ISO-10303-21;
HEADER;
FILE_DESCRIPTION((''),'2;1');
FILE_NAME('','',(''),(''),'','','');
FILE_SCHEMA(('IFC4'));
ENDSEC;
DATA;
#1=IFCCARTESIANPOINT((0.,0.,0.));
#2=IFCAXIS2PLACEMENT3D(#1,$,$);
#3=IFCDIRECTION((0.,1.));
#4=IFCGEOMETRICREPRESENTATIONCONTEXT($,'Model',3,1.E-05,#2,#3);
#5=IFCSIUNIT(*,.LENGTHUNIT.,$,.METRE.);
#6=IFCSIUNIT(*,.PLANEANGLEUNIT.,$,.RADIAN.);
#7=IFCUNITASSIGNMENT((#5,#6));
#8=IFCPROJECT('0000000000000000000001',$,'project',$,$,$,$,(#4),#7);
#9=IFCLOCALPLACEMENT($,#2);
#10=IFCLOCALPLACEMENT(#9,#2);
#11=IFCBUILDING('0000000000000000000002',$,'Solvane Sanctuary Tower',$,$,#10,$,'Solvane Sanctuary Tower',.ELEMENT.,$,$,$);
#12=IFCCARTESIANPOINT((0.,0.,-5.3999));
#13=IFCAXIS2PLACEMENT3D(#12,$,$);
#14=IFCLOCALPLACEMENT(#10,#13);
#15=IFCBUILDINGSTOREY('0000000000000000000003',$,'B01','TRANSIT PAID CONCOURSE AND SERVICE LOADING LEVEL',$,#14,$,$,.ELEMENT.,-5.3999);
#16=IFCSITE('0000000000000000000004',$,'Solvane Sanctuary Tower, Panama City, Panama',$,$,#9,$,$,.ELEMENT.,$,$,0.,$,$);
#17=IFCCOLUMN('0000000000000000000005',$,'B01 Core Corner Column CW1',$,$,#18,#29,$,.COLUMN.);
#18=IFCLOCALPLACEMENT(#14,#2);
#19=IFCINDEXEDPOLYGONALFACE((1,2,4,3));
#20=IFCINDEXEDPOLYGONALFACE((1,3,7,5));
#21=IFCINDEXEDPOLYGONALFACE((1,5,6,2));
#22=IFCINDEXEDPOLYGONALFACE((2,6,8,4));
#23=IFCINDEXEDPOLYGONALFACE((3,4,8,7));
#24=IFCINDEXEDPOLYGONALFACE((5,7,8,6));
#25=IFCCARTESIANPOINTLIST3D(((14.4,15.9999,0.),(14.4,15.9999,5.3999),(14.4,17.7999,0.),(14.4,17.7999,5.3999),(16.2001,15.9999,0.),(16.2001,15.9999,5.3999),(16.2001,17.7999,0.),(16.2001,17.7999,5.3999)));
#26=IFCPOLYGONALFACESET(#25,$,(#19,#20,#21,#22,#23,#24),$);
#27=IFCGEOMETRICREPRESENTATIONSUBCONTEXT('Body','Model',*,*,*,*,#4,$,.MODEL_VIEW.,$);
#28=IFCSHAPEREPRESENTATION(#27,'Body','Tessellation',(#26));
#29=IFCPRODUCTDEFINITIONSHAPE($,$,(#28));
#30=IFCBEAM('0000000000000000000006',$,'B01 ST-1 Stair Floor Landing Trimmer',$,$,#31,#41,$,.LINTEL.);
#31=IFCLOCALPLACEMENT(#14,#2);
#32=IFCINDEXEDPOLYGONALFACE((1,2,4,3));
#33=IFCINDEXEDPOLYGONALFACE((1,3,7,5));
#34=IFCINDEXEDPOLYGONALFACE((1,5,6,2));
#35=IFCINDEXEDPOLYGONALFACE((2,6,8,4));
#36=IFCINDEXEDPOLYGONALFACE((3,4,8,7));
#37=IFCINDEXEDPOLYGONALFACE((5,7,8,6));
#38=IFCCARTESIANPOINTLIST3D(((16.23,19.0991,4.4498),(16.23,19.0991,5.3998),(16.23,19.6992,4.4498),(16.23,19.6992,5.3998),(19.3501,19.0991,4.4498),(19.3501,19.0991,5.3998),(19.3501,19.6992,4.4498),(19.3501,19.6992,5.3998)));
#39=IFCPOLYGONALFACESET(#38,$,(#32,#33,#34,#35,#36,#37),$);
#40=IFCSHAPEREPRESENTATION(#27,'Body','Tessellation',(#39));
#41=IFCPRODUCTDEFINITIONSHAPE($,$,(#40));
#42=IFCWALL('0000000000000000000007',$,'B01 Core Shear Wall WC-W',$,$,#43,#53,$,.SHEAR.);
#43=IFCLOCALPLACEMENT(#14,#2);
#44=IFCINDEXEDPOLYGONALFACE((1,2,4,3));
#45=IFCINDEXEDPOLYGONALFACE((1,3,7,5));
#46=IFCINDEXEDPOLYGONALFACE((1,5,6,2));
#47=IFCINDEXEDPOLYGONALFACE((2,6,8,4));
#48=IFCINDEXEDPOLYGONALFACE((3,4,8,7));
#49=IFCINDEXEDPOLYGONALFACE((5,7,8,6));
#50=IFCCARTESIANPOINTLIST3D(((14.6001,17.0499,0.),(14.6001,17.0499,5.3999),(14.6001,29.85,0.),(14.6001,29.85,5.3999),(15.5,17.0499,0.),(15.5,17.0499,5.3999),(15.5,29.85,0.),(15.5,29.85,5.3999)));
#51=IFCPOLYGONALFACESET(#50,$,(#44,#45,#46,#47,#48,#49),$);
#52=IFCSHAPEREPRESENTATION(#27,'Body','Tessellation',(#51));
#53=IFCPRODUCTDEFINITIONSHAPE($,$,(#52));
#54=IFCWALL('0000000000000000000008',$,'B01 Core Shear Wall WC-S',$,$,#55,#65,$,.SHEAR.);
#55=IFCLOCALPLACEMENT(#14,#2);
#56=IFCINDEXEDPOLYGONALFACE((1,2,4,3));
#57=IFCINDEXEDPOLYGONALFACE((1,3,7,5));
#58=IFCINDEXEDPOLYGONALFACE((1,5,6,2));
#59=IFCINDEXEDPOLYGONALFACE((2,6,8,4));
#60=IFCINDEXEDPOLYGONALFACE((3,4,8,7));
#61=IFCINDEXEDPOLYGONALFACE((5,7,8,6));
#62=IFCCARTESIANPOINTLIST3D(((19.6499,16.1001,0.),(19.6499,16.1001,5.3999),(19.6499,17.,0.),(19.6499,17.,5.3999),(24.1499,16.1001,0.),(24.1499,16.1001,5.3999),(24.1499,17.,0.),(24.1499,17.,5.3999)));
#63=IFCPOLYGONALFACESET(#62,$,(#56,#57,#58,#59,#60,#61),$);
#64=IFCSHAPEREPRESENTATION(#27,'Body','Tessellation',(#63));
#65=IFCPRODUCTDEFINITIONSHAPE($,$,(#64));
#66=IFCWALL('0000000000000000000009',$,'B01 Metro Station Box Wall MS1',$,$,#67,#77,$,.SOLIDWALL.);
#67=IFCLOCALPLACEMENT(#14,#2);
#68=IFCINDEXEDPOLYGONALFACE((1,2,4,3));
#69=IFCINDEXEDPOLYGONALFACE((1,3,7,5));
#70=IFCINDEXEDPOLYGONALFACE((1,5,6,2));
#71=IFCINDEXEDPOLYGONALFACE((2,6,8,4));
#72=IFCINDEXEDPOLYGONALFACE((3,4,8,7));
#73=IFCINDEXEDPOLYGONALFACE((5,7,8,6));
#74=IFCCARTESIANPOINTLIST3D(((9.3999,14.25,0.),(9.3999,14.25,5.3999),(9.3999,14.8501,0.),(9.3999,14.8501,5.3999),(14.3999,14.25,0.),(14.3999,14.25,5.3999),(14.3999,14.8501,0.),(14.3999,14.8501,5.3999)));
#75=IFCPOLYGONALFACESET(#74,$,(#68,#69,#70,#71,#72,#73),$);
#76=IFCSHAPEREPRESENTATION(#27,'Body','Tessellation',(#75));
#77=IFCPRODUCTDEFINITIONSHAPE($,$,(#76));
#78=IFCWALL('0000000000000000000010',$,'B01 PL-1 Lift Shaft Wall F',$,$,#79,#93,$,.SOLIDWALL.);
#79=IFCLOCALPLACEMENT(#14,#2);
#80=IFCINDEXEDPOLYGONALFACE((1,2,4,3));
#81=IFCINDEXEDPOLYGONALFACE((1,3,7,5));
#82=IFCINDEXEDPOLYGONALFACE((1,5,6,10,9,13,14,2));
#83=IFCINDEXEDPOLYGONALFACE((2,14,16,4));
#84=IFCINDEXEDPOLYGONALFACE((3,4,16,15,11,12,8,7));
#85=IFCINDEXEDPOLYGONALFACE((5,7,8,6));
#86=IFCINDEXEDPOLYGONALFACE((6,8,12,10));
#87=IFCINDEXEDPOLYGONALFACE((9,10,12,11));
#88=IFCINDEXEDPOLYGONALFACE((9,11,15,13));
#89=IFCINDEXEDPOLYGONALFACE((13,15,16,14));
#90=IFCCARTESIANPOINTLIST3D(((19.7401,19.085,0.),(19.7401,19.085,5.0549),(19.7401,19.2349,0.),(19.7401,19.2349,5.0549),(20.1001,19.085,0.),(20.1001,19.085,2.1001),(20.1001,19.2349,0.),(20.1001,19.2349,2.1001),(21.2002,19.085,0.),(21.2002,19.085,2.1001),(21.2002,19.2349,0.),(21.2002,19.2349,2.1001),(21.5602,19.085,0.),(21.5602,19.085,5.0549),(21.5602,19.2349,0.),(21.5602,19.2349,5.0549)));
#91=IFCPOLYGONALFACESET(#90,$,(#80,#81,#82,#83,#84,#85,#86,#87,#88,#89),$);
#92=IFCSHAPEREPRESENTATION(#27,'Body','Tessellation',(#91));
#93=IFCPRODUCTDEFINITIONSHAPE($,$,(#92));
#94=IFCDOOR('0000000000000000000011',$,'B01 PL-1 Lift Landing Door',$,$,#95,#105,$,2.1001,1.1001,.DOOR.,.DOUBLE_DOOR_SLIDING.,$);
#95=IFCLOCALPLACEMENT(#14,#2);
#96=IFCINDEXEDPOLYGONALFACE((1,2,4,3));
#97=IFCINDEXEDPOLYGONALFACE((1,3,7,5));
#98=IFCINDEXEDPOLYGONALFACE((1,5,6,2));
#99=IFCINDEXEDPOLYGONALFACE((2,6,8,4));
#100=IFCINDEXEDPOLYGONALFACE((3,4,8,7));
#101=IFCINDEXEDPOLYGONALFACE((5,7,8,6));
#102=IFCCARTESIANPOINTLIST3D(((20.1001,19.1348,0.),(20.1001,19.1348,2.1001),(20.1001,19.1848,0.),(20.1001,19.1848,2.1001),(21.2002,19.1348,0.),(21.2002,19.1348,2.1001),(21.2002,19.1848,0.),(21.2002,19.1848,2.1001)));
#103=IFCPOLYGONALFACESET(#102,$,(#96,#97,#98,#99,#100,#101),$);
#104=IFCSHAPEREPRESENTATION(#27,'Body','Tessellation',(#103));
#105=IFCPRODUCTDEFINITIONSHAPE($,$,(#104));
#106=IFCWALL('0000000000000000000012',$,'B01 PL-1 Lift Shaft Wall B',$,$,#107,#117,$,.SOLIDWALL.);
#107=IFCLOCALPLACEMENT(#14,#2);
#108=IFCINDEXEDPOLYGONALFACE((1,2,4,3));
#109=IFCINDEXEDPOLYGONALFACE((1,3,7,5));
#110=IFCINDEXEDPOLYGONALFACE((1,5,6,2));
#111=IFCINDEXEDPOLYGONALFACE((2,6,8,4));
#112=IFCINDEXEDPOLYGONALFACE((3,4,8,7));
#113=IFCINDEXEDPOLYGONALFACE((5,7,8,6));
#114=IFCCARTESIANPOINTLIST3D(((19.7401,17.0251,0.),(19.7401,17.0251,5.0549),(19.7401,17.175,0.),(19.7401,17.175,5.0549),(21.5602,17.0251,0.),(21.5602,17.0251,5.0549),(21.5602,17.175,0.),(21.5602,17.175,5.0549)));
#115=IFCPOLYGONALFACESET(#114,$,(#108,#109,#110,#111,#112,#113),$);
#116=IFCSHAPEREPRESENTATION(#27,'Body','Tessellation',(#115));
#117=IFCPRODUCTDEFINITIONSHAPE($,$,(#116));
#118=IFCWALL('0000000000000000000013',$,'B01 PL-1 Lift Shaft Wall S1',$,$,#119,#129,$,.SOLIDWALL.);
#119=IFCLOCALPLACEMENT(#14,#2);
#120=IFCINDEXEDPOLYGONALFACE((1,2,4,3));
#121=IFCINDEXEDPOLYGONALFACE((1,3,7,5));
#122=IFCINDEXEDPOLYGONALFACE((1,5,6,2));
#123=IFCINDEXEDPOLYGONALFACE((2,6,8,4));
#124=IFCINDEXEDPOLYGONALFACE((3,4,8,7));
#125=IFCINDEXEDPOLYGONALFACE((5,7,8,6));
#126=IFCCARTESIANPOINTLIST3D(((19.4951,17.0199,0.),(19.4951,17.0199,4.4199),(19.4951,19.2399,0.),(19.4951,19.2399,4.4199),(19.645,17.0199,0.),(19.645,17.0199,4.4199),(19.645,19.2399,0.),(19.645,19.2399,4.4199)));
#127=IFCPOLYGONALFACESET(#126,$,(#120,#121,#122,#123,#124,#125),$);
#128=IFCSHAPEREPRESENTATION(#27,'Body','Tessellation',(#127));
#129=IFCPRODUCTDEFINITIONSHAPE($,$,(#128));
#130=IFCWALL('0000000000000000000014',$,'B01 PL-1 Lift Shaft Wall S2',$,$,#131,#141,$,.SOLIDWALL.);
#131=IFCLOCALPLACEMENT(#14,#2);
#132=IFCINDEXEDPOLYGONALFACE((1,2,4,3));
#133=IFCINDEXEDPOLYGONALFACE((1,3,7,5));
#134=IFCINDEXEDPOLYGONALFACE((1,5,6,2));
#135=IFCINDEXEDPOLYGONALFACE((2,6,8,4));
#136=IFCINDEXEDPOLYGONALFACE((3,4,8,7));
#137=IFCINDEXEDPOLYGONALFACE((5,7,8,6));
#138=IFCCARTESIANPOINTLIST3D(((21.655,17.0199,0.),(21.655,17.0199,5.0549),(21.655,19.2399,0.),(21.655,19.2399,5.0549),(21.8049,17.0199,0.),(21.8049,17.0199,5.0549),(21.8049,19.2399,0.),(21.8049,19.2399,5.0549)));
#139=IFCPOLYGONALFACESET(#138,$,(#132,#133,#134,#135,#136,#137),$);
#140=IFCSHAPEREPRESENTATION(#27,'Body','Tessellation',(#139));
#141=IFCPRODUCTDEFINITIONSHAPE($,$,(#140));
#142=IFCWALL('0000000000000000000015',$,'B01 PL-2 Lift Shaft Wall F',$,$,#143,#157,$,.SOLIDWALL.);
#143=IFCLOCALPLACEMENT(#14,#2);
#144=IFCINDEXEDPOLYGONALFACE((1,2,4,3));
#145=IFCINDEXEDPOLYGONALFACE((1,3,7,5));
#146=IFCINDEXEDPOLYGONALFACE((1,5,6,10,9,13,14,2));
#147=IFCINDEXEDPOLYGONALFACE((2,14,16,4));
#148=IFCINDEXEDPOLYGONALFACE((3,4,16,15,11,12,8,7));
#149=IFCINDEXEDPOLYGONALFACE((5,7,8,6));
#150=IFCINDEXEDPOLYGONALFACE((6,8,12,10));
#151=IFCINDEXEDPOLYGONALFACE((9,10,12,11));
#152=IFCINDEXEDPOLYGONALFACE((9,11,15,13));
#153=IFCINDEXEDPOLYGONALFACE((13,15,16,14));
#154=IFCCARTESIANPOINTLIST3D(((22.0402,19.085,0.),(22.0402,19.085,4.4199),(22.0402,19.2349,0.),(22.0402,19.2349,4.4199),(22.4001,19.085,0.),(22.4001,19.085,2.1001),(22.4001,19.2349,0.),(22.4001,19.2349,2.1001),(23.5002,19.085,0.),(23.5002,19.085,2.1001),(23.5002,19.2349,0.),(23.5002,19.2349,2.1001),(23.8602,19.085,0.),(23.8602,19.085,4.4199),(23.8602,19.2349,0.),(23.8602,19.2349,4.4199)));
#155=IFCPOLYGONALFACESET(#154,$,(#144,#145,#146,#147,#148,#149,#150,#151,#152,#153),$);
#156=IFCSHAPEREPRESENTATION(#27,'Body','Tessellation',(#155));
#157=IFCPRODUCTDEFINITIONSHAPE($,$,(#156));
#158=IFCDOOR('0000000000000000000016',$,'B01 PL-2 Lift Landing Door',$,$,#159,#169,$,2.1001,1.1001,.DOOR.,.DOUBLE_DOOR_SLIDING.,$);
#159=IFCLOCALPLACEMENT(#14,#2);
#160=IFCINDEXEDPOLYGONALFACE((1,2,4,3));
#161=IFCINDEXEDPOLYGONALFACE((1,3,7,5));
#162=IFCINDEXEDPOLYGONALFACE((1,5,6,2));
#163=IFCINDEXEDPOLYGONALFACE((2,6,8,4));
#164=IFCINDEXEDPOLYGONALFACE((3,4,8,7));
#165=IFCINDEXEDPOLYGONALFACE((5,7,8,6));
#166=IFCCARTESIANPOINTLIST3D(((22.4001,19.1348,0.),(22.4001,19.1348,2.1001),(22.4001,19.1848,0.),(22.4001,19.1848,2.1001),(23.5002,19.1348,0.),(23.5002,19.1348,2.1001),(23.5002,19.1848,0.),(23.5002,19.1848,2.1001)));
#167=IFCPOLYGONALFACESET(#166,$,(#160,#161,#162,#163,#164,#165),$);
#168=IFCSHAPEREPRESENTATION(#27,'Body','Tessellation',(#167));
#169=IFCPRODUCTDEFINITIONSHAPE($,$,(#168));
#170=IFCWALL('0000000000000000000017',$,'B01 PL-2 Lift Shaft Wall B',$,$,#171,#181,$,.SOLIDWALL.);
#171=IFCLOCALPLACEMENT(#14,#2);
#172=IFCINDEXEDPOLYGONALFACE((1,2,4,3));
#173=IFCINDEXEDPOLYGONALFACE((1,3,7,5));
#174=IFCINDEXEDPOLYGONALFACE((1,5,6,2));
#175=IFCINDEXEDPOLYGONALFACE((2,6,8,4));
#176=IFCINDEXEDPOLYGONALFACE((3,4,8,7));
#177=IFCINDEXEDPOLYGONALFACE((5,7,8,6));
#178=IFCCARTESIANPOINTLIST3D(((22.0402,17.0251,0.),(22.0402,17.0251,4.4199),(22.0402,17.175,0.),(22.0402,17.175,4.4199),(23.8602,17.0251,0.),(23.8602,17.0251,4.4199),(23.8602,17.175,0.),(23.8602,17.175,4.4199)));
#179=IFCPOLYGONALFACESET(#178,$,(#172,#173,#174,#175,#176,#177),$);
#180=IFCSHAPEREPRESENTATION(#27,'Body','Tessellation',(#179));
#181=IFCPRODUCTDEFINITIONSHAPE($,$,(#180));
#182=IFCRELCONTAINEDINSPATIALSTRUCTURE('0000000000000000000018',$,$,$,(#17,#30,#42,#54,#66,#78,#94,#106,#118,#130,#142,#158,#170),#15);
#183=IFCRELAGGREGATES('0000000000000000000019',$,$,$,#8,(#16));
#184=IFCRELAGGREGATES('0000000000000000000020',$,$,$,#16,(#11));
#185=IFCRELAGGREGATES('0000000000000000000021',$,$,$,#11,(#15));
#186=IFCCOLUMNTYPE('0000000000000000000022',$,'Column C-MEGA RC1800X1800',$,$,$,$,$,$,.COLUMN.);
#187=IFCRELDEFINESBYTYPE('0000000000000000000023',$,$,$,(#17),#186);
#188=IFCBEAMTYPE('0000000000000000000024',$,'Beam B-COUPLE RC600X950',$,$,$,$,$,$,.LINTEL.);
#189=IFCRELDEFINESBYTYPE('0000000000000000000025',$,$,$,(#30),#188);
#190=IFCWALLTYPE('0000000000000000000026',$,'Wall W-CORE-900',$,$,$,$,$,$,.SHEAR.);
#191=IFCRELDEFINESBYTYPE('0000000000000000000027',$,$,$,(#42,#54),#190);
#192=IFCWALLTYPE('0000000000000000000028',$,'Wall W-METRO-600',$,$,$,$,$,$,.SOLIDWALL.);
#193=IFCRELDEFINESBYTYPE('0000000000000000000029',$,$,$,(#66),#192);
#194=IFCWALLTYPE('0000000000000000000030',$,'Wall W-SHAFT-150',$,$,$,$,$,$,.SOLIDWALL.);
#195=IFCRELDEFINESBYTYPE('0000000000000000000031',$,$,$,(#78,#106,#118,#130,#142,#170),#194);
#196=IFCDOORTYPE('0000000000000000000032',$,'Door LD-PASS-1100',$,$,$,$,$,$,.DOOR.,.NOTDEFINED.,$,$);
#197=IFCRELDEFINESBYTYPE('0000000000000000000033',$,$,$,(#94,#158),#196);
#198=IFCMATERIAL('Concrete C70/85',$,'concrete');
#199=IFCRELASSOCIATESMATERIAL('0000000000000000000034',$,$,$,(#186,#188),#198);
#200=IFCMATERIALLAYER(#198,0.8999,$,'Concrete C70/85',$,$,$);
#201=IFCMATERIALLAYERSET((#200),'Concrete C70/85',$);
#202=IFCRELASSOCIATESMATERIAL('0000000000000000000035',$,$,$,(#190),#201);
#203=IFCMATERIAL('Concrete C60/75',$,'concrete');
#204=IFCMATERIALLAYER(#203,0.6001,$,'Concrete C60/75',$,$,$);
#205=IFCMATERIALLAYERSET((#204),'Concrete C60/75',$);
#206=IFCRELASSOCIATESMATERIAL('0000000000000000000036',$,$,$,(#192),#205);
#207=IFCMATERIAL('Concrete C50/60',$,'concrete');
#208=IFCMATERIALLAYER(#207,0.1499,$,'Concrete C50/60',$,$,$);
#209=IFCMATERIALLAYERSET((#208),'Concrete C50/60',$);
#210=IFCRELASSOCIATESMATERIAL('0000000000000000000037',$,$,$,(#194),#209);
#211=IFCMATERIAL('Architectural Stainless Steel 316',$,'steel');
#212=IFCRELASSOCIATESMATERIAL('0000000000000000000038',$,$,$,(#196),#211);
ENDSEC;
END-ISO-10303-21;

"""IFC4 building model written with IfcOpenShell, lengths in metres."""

from ifc_helpers import new_model, si_unit, direction, frame, frame_2d, origin, origin_2d, place, context, subcontext, project, spatial, rectangle, extrude, material, layer, layer_set, material_profile, profile_set, type_object, element, fill, save


model = new_model("IFC4")

# Units and contexts
model_context = context("Model", 3, precision=1e-05, world=origin(), true_north=direction((0.0, 1.0)))
body_context = subcontext(model_context, "Body", "Model", "MODEL_VIEW")
ifc_project = project(units=[si_unit("LENGTHUNIT", "METRE"), si_unit("PLANEANGLEUNIT", "RADIAN")], contexts=[model_context])

# Site, building, storey
site_placement = place(None, origin())
site = spatial("IfcSite", under=ifc_project, at=site_placement, Name="Solvane Sanctuary Tower, Panama City, Panama", CompositionType="ELEMENT", RefElevation=0.0)
building_placement = place(site_placement, origin())
building = spatial("IfcBuilding", under=site, at=building_placement, Name="Solvane Sanctuary Tower", LongName="Solvane Sanctuary Tower", CompositionType="ELEMENT")
storey_placement = place(building_placement, frame((0.0, 0.0, -5.3999)))
storey = spatial("IfcBuildingStorey", under=building, at=storey_placement, Name="B01", Description="TRANSIT PAID CONCOURSE AND SERVICE LOADING LEVEL", CompositionType="ELEMENT", Elevation=-5.3999)

# Column
ifc_material_1 = material(Name="Concrete C70/85", Category="concrete")
ifc_material_profile_1 = material_profile(ifc_material_1, rectangle(XDim=1.8, YDim=1.8, at=origin_2d()), Name="RC1800X1800")
ifc_profile_set_1 = profile_set([ifc_material_profile_1], Name="Concrete C70/85")
column_type = type_object("IfcColumnType", Name="Column C-MEGA RC1800X1800", PredefinedType="COLUMN", material=ifc_profile_set_1)
column_placement = place(storey_placement, frame((15.3, 16.8999, 0.0), z_axis=(0.0, 0.0, 1.0), x_axis=(1.0, 0.0, 0.0)))
element("IfcColumn", 1, at=column_placement, inside=storey, type_object=column_type, Name="B01 Core Corner Column CW1", PredefinedType="COLUMN", context=body_context, shape_type="SweptSolid", body=[
    extrude(rectangle(XDim=1.8, YDim=1.8, at=origin_2d()), origin(), (0.0, 0.0, 1.0), 5.3999),
])

# Beam
ifc_material_profile_2 = material_profile(ifc_material_1, rectangle(XDim=0.6001, YDim=0.95, at=origin_2d()), Name="RC600X950")
ifc_profile_set_2 = profile_set([ifc_material_profile_2], Name="Concrete C70/85")
beam_type = type_object("IfcBeamType", Name="Beam B-COUPLE RC600X950", PredefinedType="LINTEL", material=ifc_profile_set_2)
beam_placement = place(storey_placement, frame((16.23, 19.3992, 4.9248), z_axis=(1.0, 0.0, 0.0), x_axis=(0.0, 1.0, 0.0)))
element("IfcBeam", 2, at=beam_placement, inside=storey, type_object=beam_type, Name="B01 ST-1 Stair Floor Landing Trimmer", PredefinedType="LINTEL", context=body_context, shape_type="SweptSolid", body=[
    extrude(rectangle(XDim=0.6001, YDim=0.95, at=origin_2d()), origin(), (0.0, 0.0, 1.0), 3.1201),
])

# Walls
ifc_layer_1 = layer(ifc_material_1, 0.8999, Name="Concrete C70/85")
ifc_layer_set_1 = layer_set([ifc_layer_1], Name="Concrete C70/85")
wall_type_1 = type_object("IfcWallType", Name="Wall W-CORE-900", PredefinedType="SHEAR", material=ifc_layer_set_1)
wall_1_placement = place(storey_placement, frame((15.05, 17.05, 0.0), z_axis=(0.0, 0.0, 1.0), x_axis=(0.0, 1.0, 0.0)))
element("IfcWall", 3, at=wall_1_placement, inside=storey, type_object=wall_type_1, Name="B01 Core Shear Wall WC-W", PredefinedType="SHEAR", context=body_context, shape_type="SweptSolid", body=[
    extrude(rectangle(XDim=12.8, YDim=0.8999, at=frame_2d((6.3999, 0.0))), origin(), (0.0, 0.0, 1.0), 5.3999),
])
wall_2_placement = place(storey_placement, frame((19.6499, 16.55, 0.0), z_axis=(0.0, 0.0, 1.0), x_axis=(1.0, 0.0, 0.0)))
element("IfcWall", 4, at=wall_2_placement, inside=storey, type_object=wall_type_1, Name="B01 Core Shear Wall WC-S", PredefinedType="SHEAR", context=body_context, shape_type="SweptSolid", body=[
    extrude(rectangle(XDim=4.5, YDim=0.8999, at=frame_2d((2.25, 0.0))), origin(), (0.0, 0.0, 1.0), 5.3999),
])
ifc_material_2 = material(Name="Concrete C60/75", Category="concrete")
ifc_layer_2 = layer(ifc_material_2, 0.6001, Name="Concrete C60/75")
ifc_layer_set_2 = layer_set([ifc_layer_2], Name="Concrete C60/75")
wall_type_2 = type_object("IfcWallType", Name="Wall W-METRO-600", PredefinedType="SOLIDWALL", material=ifc_layer_set_2)
wall_3_placement = place(storey_placement, frame((9.3999, 14.55, 0.0), z_axis=(0.0, 0.0, 1.0), x_axis=(1.0, 0.0, 0.0)))
element("IfcWall", 5, at=wall_3_placement, inside=storey, type_object=wall_type_2, Name="B01 Metro Station Box Wall MS1", PredefinedType="SOLIDWALL", context=body_context, shape_type="SweptSolid", body=[
    extrude(rectangle(XDim=5.0, YDim=0.6001, at=frame_2d((2.5, 0.0))), origin(), (0.0, 0.0, 1.0), 5.3999),
])

# Wall, opening, door
ifc_material_3 = material(Name="Concrete C50/60", Category="concrete")
ifc_layer_3 = layer(ifc_material_3, 0.1499, Name="Concrete C50/60")
ifc_layer_set_3 = layer_set([ifc_layer_3], Name="Concrete C50/60")
wall_type_3 = type_object("IfcWallType", Name="Wall W-SHAFT-150", PredefinedType="SOLIDWALL", material=ifc_layer_set_3)
wall_4_placement = place(storey_placement, frame((19.74, 19.1599, 0.0), z_axis=(0.0, 0.0, 1.0), x_axis=(1.0, 0.0, 0.0)))
wall_4 = element("IfcWall", 6, at=wall_4_placement, inside=storey, type_object=wall_type_3, Name="B01 PL-1 Lift Shaft Wall F", PredefinedType="SOLIDWALL", context=body_context, shape_type="SweptSolid", body=[
    extrude(rectangle(XDim=1.8201, YDim=0.1499, at=frame_2d((0.9102, 0.0))), origin(), (0.0, 0.0, 1.0), 5.0549),
])
opening_1_placement = place(wall_4_placement, frame((0.3601, 0.0, 0.0)))
opening_1 = element("IfcOpeningElement", 7, at=opening_1_placement, cuts=wall_4, PredefinedType="OPENING", context=body_context, shape_type="SweptSolid", body=[
    extrude(rectangle(XDim=1.1001, YDim=2.1001, at=frame_2d((0.55, 1.05))), frame((0.0, 0.085, 0.0), z_axis=(0.0, -1.0, 0.0), x_axis=(1.0, 0.0, 0.0)), (0.0, 0.0, 1.0), 0.1699),
])
ifc_material_4 = material(Name="Architectural Stainless Steel 316", Category="steel")
door_type_1 = type_object("IfcDoorType", Name="Door LD-PASS-1100", OperationType="NOTDEFINED", PredefinedType="DOOR", material=ifc_material_4)
door_1_placement = place(opening_1_placement, origin())
door_1 = element("IfcDoor", 8, at=door_1_placement, inside=storey, type_object=door_type_1, Name="B01 PL-1 Lift Landing Door", OperationType="DOUBLE_DOOR_SLIDING", OverallHeight=2.1001, OverallWidth=1.1001, PredefinedType="DOOR", context=body_context, shape_type="SweptSolid", body=[
    extrude(rectangle(XDim=1.1001, YDim=2.1001, at=frame_2d((0.55, 1.05))), frame((0.0, 0.0249, 0.0), z_axis=(0.0, -1.0, 0.0), x_axis=(1.0, 0.0, 0.0)), (0.0, 0.0, 1.0), 0.05),
])
fill(opening_1, door_1)

# Walls
wall_5_placement = place(storey_placement, frame((19.74, 17.1001, 0.0), z_axis=(0.0, 0.0, 1.0), x_axis=(1.0, 0.0, 0.0)))
element("IfcWall", 9, at=wall_5_placement, inside=storey, type_object=wall_type_3, Name="B01 PL-1 Lift Shaft Wall B", PredefinedType="SOLIDWALL", context=body_context, shape_type="SweptSolid", body=[
    extrude(rectangle(XDim=1.8201, YDim=0.1499, at=frame_2d((0.9102, 0.0))), origin(), (0.0, 0.0, 1.0), 5.0549),
])
wall_6_placement = place(storey_placement, frame((19.5701, 17.02, 0.0), z_axis=(0.0, 0.0, 1.0), x_axis=(0.0, 1.0, 0.0)))
element("IfcWall", 10, at=wall_6_placement, inside=storey, type_object=wall_type_3, Name="B01 PL-1 Lift Shaft Wall S1", PredefinedType="SOLIDWALL", context=body_context, shape_type="SweptSolid", body=[
    extrude(rectangle(XDim=2.22, YDim=0.1499, at=frame_2d((1.1099, 0.0))), origin(), (0.0, 0.0, 1.0), 4.4199),
])
wall_7_placement = place(storey_placement, frame((21.73, 17.02, 0.0), z_axis=(0.0, 0.0, 1.0), x_axis=(0.0, 1.0, 0.0)))
element("IfcWall", 11, at=wall_7_placement, inside=storey, type_object=wall_type_3, Name="B01 PL-1 Lift Shaft Wall S2", PredefinedType="SOLIDWALL", context=body_context, shape_type="SweptSolid", body=[
    extrude(rectangle(XDim=2.22, YDim=0.1499, at=frame_2d((1.1099, 0.0))), origin(), (0.0, 0.0, 1.0), 5.0549),
])

# Wall, opening, door
wall_8_placement = place(storey_placement, frame((22.04, 19.1599, 0.0), z_axis=(0.0, 0.0, 1.0), x_axis=(1.0, 0.0, 0.0)))
wall_8 = element("IfcWall", 12, at=wall_8_placement, inside=storey, type_object=wall_type_3, Name="B01 PL-2 Lift Shaft Wall F", PredefinedType="SOLIDWALL", context=body_context, shape_type="SweptSolid", body=[
    extrude(rectangle(XDim=1.8201, YDim=0.1499, at=frame_2d((0.9102, 0.0))), origin(), (0.0, 0.0, 1.0), 4.4199),
])
opening_2_placement = place(wall_8_placement, frame((0.3601, 0.0, 0.0)))
opening_2 = element("IfcOpeningElement", 13, at=opening_2_placement, cuts=wall_8, PredefinedType="OPENING", context=body_context, shape_type="SweptSolid", body=[
    extrude(rectangle(XDim=1.1001, YDim=2.1001, at=frame_2d((0.55, 1.05))), frame((0.0, 0.085, 0.0), z_axis=(0.0, -1.0, 0.0), x_axis=(1.0, 0.0, 0.0)), (0.0, 0.0, 1.0), 0.1699),
])
door_2_placement = place(opening_2_placement, origin())
door_2 = element("IfcDoor", 14, at=door_2_placement, inside=storey, type_object=door_type_1, Name="B01 PL-2 Lift Landing Door", OperationType="DOUBLE_DOOR_SLIDING", OverallHeight=2.1001, OverallWidth=1.1001, PredefinedType="DOOR", context=body_context, shape_type="SweptSolid", body=[
    extrude(rectangle(XDim=1.1001, YDim=2.1001, at=frame_2d((0.55, 1.05))), frame((0.0, 0.0249, 0.0), z_axis=(0.0, -1.0, 0.0), x_axis=(1.0, 0.0, 0.0)), (0.0, 0.0, 1.0), 0.05),
])
fill(opening_2, door_2)

# Wall
wall_9_placement = place(storey_placement, frame((22.04, 17.1001, 0.0), z_axis=(0.0, 0.0, 1.0), x_axis=(1.0, 0.0, 0.0)))
element("IfcWall", 15, at=wall_9_placement, inside=storey, type_object=wall_type_3, Name="B01 PL-2 Lift Shaft Wall B", PredefinedType="SOLIDWALL", context=body_context, shape_type="SweptSolid", body=[
    extrude(rectangle(XDim=1.8201, YDim=0.1499, at=frame_2d((0.9102, 0.0))), origin(), (0.0, 0.0, 1.0), 4.4199),
])

save(model, "model.ifc")
